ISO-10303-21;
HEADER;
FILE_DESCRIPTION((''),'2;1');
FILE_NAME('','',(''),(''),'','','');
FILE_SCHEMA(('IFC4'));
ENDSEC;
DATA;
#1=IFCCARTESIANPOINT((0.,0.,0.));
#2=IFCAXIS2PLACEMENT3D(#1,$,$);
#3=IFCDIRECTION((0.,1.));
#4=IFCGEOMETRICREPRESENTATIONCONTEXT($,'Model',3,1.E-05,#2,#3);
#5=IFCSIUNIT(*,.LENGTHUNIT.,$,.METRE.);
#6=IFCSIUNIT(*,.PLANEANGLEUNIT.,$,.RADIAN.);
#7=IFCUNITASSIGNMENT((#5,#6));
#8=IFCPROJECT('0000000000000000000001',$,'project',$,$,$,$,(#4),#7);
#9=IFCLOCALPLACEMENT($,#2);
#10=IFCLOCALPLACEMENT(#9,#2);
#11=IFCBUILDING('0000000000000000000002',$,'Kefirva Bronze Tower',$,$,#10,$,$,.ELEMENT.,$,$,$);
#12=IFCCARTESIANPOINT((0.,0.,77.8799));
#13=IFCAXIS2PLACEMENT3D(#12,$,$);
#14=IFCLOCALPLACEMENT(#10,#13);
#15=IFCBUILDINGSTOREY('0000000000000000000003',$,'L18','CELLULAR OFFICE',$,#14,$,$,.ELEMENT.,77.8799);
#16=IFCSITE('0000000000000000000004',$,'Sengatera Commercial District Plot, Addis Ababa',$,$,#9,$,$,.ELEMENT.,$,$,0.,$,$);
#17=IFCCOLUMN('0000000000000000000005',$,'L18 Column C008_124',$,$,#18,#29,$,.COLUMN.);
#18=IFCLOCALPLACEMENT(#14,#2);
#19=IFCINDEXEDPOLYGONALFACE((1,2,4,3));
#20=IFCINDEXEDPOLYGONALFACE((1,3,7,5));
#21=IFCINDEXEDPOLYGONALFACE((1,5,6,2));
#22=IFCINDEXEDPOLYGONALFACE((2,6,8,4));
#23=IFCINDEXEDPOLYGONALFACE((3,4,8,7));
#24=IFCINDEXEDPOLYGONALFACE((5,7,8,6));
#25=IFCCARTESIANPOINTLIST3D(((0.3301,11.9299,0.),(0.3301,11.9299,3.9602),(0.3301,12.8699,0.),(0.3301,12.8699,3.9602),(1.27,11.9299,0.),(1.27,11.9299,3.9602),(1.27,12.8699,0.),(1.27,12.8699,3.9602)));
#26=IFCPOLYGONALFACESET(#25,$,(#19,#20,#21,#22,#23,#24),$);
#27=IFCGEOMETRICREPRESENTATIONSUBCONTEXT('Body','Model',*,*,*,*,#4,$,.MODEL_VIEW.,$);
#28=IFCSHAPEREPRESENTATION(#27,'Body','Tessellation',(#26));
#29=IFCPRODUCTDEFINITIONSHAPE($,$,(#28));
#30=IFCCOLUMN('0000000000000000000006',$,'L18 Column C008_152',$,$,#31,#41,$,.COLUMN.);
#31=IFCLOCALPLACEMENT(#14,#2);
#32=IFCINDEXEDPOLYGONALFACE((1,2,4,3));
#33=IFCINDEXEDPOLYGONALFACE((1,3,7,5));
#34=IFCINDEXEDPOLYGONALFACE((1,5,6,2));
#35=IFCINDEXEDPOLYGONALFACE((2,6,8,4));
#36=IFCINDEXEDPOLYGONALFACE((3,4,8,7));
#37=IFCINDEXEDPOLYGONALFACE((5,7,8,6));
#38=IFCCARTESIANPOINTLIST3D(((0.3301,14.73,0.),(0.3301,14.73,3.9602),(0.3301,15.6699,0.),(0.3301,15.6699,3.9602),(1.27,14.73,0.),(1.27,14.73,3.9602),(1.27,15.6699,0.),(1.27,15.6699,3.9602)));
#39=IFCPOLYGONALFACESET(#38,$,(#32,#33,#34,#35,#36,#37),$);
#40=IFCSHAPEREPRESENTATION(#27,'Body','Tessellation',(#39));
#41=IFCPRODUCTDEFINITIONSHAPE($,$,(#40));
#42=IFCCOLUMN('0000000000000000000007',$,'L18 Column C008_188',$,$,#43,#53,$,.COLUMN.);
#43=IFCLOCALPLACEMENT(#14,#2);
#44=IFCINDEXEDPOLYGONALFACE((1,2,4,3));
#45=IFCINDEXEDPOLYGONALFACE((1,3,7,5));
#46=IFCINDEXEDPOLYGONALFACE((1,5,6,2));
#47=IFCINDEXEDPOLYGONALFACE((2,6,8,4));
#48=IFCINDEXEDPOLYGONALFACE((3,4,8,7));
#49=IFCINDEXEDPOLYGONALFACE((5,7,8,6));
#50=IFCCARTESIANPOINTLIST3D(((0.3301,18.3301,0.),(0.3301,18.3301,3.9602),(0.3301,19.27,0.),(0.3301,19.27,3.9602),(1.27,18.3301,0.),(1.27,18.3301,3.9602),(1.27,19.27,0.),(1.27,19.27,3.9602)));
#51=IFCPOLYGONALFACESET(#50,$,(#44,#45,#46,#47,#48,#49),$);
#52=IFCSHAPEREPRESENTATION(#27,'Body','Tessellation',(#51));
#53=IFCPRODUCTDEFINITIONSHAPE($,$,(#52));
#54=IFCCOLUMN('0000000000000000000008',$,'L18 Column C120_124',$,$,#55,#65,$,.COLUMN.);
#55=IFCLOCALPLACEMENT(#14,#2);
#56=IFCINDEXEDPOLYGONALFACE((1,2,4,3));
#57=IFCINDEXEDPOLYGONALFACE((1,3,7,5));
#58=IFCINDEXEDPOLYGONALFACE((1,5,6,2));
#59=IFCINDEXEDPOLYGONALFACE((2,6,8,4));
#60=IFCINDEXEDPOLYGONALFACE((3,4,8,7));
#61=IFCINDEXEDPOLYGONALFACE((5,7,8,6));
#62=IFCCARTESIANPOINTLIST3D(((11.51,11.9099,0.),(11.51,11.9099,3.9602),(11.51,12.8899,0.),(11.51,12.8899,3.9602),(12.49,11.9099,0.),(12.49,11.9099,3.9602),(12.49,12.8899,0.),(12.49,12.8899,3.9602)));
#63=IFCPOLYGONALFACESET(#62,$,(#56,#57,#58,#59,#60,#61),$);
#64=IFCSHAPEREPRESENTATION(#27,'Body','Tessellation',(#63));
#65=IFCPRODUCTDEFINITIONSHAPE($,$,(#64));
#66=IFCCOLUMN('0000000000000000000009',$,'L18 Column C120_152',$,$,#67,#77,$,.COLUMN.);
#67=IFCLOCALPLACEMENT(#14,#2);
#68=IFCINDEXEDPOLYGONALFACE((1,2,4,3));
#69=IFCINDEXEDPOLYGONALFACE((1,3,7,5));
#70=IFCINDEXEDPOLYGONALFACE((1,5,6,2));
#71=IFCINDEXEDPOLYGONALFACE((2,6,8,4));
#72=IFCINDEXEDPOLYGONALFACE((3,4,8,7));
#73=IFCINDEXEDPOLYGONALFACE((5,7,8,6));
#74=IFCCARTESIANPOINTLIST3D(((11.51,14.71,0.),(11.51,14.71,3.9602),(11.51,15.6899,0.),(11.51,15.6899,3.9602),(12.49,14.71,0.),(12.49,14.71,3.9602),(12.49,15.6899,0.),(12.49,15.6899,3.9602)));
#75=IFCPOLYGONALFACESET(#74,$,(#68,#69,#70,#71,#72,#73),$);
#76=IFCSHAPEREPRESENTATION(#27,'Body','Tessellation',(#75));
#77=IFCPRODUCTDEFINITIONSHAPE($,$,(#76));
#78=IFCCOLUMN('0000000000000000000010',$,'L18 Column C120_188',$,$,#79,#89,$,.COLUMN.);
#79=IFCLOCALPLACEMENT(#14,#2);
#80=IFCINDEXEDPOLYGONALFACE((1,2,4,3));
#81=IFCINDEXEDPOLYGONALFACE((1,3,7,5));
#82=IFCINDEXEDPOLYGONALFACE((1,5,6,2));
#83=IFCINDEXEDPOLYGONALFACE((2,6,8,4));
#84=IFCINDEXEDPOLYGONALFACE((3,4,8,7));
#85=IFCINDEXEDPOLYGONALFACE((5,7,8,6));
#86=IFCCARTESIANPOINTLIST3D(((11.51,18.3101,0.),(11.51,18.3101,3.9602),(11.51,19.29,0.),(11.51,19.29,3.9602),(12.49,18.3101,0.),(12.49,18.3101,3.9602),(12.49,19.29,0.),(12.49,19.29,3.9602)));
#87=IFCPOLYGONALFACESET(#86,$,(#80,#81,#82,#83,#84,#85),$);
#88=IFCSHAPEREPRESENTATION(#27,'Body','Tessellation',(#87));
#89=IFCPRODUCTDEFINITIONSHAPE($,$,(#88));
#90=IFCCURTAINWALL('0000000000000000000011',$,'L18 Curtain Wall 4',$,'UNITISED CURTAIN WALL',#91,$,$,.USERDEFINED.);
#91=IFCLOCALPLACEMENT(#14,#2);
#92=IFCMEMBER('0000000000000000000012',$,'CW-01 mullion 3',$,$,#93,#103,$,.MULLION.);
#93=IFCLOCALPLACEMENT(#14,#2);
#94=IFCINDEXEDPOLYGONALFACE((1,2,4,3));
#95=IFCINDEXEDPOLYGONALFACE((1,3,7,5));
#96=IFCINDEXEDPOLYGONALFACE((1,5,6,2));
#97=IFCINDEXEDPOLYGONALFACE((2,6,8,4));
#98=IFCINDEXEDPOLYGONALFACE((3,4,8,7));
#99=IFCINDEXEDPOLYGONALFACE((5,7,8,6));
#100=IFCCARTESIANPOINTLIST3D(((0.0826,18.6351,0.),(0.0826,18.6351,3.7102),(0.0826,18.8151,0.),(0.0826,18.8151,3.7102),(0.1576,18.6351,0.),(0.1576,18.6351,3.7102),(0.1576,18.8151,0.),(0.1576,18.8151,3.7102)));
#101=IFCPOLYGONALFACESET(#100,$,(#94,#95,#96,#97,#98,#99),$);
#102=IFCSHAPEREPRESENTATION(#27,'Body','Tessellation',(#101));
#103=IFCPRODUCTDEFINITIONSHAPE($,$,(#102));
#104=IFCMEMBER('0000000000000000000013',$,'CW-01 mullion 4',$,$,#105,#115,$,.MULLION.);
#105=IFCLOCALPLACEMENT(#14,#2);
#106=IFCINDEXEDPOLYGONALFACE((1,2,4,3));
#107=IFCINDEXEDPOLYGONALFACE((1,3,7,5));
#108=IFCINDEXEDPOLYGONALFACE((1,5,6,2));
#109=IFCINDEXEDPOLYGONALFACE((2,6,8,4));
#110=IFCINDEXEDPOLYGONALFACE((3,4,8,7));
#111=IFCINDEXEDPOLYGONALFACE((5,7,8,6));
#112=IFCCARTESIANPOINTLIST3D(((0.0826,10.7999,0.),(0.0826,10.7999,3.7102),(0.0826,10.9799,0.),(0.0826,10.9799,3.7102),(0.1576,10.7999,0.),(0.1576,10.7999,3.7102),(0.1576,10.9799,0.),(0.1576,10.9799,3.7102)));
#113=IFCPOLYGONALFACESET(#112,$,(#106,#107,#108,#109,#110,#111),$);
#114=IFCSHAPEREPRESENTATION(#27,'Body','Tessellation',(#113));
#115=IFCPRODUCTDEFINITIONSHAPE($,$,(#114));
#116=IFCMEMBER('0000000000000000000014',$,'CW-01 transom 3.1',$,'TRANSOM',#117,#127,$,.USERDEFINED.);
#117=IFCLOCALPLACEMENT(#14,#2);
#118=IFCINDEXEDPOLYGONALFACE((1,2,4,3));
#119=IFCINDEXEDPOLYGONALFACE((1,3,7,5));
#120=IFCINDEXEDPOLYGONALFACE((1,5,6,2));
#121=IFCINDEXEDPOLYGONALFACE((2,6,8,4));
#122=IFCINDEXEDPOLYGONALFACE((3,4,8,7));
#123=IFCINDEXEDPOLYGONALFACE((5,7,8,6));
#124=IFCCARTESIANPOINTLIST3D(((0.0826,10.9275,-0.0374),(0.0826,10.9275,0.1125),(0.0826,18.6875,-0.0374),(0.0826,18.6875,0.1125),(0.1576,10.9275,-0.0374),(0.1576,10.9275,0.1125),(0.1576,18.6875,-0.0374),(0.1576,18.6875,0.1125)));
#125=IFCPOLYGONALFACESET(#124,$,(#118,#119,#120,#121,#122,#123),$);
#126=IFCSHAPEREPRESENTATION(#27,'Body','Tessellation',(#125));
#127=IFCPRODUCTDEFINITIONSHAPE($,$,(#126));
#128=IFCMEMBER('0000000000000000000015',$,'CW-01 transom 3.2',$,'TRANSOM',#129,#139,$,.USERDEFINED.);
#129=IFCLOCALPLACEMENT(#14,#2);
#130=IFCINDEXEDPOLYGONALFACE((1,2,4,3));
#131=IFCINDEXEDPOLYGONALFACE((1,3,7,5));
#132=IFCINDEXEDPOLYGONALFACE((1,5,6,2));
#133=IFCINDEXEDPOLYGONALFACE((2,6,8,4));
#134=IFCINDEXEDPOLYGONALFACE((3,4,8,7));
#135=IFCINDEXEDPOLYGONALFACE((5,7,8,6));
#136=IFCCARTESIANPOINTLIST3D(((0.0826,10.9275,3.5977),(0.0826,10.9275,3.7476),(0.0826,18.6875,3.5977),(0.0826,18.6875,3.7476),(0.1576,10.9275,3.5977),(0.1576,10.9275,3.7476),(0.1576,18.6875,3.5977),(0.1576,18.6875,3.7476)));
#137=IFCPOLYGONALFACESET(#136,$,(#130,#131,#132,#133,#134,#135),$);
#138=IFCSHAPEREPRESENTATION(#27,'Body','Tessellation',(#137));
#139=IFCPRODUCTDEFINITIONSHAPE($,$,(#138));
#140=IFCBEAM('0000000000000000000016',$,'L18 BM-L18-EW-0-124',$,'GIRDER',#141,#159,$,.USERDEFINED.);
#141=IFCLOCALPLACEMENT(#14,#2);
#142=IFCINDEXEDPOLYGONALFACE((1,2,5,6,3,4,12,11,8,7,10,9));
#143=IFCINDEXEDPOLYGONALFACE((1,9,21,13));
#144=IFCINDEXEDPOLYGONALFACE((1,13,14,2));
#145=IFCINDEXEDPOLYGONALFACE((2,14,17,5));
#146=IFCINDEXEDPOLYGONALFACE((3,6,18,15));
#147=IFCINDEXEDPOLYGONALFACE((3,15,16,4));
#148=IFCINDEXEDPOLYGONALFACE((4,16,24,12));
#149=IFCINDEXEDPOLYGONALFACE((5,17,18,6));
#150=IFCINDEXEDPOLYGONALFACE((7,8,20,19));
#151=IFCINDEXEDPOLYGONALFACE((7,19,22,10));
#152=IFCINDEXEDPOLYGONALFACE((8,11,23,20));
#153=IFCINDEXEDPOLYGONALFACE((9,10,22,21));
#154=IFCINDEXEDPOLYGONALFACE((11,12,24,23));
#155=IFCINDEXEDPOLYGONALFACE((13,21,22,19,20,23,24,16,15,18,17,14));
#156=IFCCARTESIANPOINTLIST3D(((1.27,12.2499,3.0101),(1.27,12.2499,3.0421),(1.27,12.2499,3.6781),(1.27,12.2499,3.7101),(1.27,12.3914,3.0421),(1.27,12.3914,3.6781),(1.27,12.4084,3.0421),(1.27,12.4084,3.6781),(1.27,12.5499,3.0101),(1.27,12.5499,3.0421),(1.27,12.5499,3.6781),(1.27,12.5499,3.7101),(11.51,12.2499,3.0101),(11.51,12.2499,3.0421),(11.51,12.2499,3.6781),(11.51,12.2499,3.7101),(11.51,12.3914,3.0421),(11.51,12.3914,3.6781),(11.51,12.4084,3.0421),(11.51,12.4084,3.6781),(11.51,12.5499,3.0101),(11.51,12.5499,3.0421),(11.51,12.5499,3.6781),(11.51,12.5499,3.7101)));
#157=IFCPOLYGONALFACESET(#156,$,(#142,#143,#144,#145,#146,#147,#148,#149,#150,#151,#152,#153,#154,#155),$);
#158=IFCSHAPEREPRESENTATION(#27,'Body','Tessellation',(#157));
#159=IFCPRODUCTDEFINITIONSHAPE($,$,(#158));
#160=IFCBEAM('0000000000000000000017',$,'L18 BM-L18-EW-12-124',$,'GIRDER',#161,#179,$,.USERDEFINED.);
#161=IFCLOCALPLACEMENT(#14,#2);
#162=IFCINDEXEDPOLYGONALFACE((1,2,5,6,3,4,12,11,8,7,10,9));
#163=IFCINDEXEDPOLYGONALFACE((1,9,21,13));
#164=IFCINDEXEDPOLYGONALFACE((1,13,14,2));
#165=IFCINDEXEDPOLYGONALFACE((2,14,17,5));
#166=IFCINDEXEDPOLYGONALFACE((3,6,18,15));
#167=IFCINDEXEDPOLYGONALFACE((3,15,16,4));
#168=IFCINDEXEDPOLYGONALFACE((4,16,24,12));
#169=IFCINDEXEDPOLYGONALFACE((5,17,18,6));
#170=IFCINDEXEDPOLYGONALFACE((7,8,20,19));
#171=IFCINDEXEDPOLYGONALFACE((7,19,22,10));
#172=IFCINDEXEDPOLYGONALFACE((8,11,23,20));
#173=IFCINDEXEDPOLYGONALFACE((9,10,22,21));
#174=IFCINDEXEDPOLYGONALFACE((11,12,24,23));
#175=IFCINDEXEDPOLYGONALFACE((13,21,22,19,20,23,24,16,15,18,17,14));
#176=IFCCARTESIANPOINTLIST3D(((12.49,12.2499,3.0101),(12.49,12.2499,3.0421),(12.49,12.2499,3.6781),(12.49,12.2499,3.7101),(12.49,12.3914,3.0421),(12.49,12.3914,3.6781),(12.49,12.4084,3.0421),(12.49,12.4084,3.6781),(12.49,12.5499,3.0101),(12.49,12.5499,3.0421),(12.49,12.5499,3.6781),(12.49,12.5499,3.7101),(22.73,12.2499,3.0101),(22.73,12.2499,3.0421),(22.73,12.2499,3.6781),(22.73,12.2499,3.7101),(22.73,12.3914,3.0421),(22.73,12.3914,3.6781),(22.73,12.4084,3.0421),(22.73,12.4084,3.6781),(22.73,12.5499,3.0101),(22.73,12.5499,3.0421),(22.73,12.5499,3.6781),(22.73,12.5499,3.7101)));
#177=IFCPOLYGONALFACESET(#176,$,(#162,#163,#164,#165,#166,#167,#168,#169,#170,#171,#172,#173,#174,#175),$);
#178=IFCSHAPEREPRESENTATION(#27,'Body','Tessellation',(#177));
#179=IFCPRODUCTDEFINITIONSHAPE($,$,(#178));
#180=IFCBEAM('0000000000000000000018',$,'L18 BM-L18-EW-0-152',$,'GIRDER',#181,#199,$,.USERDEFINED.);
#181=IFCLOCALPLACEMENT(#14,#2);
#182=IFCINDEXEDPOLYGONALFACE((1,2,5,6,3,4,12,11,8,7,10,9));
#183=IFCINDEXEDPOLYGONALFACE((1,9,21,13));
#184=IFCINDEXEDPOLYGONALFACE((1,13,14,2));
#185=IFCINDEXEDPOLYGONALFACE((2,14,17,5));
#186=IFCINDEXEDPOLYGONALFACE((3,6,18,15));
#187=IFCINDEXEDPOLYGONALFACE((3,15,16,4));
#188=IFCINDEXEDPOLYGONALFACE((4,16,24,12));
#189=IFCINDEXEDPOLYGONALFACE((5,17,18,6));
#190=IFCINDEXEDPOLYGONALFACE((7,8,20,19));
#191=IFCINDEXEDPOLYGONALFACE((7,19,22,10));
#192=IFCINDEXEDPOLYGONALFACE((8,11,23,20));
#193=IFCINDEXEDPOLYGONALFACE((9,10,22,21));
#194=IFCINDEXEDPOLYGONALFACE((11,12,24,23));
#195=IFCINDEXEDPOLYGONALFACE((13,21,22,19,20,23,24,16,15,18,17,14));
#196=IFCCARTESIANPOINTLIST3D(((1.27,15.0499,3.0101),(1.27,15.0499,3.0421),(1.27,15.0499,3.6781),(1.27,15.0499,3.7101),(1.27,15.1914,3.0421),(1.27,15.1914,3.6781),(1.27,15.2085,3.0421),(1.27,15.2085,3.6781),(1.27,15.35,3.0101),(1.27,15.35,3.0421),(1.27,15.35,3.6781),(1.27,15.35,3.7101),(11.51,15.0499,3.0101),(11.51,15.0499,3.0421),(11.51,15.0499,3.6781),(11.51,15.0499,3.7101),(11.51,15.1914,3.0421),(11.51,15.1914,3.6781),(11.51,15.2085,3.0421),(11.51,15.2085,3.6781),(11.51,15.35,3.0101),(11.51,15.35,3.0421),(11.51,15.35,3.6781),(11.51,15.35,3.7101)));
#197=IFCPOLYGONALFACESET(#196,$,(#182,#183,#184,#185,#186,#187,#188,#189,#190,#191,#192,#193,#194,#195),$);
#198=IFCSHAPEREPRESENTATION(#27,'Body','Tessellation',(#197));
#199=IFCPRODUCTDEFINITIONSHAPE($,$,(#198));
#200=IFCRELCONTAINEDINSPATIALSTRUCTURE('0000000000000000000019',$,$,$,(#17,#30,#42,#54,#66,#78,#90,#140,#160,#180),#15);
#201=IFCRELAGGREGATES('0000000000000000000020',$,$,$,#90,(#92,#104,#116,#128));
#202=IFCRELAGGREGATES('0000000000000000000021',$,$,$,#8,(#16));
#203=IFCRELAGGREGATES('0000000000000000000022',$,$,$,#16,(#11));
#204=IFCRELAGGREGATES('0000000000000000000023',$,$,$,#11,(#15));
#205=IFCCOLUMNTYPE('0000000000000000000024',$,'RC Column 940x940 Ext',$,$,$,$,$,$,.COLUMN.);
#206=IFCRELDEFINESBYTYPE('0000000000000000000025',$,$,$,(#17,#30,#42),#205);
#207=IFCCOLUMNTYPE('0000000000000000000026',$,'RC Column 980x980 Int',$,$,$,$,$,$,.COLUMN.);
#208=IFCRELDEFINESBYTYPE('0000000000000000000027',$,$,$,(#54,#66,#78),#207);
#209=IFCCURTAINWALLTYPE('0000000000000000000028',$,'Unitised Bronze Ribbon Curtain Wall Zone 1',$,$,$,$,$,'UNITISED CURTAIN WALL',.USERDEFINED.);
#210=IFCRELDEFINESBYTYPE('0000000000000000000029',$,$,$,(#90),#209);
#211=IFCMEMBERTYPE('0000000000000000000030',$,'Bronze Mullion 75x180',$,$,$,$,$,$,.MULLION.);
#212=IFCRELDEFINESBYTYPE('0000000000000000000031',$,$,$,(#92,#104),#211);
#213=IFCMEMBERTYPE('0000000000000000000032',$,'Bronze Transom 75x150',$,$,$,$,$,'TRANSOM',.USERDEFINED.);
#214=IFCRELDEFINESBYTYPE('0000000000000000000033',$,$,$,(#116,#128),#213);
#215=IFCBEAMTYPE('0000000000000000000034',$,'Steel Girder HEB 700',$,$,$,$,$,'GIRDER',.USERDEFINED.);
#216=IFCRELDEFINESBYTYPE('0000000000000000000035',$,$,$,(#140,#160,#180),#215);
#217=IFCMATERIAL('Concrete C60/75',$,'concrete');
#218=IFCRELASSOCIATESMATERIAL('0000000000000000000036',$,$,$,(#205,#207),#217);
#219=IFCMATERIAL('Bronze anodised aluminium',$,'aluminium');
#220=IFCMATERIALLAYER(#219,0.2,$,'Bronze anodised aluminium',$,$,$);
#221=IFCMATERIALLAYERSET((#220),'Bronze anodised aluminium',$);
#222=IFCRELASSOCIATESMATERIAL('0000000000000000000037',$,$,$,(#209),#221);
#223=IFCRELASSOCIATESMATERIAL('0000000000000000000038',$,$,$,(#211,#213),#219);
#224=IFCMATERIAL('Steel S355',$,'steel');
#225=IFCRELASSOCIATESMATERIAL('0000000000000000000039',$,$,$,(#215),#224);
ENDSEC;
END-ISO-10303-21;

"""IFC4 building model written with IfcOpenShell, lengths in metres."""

from ifc_helpers import new_model, si_unit, direction, frame, origin, origin_2d, place, context, subcontext, project, spatial, rectangle, i_section, extrude, material, layer, layer_set, material_profile, profile_set, type_object, element, aggregate, save


model = new_model("IFC4")

# Units and contexts
model_context = context("Model", 3, precision=1e-05, world=origin(), true_north=direction((0.0, 1.0)))
body_context = subcontext(model_context, "Body", "Model", "MODEL_VIEW")
ifc_project = project(units=[si_unit("LENGTHUNIT", "METRE"), si_unit("PLANEANGLEUNIT", "RADIAN")], contexts=[model_context])

# Site, building, storey
site_placement = place(None, origin())
site = spatial("IfcSite", under=ifc_project, at=site_placement, Name="Sengatera Commercial District Plot, Addis Ababa", CompositionType="ELEMENT", RefElevation=0.0)
building_placement = place(site_placement, origin())
building = spatial("IfcBuilding", under=site, at=building_placement, Name="Kefirva Bronze Tower", CompositionType="ELEMENT")
storey_placement = place(building_placement, frame((0.0, 0.0, 77.8799)))
storey = spatial("IfcBuildingStorey", under=building, at=storey_placement, Name="L18", Description="CELLULAR OFFICE", CompositionType="ELEMENT", Elevation=77.8799)

# Columns
ifc_material_1 = material(Name="Concrete C60/75", Category="concrete")
ifc_material_profile_1 = material_profile(ifc_material_1, rectangle(XDim=0.9399, YDim=0.9399, at=origin_2d()), Name="RC 940x940")
ifc_profile_set_1 = profile_set([ifc_material_profile_1], Name="Concrete C60/75")
column_type_1 = type_object("IfcColumnType", Name="RC Column 940x940 Ext", PredefinedType="COLUMN", material=ifc_profile_set_1)
for number, where, z_axis, x_axis, name in (
    (1, (0.8, 12.3999, 0.0), (0.0, 0.0, 1.0), (1.0, 0.0, 0.0), "L18 Column C008_124"),
    (2, (0.8, 15.2, 0.0), (0.0, 0.0, 1.0), (1.0, 0.0, 0.0), "L18 Column C008_152"),
    (3, (0.8, 18.8, 0.0), (0.0, 0.0, 1.0), (1.0, 0.0, 0.0), "L18 Column C008_188"),
):
    element("IfcColumn", number, at=place(storey_placement, frame(where, z_axis=z_axis, x_axis=x_axis)), inside=storey, type_object=column_type_1, Name=name, PredefinedType="COLUMN", context=body_context, shape_type="SweptSolid", body=[
        extrude(rectangle(XDim=0.9399, YDim=0.9399, at=origin_2d()), origin(), (0.0, 0.0, 1.0), 3.9602),
    ])
ifc_material_profile_2 = material_profile(ifc_material_1, rectangle(XDim=0.98, YDim=0.98, at=origin_2d()), Name="RC 980x980")
ifc_profile_set_2 = profile_set([ifc_material_profile_2], Name="Concrete C60/75")
column_type_2 = type_object("IfcColumnType", Name="RC Column 980x980 Int", PredefinedType="COLUMN", material=ifc_profile_set_2)
for number, where, z_axis, x_axis, name in (
    (4, (12.0, 12.3999, 0.0), (0.0, 0.0, 1.0), (1.0, 0.0, 0.0), "L18 Column C120_124"),
    (5, (12.0, 15.2, 0.0), (0.0, 0.0, 1.0), (1.0, 0.0, 0.0), "L18 Column C120_152"),
    (6, (12.0, 18.8, 0.0), (0.0, 0.0, 1.0), (1.0, 0.0, 0.0), "L18 Column C120_188"),
):
    element("IfcColumn", number, at=place(storey_placement, frame(where, z_axis=z_axis, x_axis=x_axis)), inside=storey, type_object=column_type_2, Name=name, PredefinedType="COLUMN", context=body_context, shape_type="SweptSolid", body=[
        extrude(rectangle(XDim=0.98, YDim=0.98, at=origin_2d()), origin(), (0.0, 0.0, 1.0), 3.9602),
    ])

# Curtain wall, members
ifc_material_2 = material(Name="Bronze anodised aluminium", Category="aluminium")
ifc_layer_1 = layer(ifc_material_2, 0.2, Name="Bronze anodised aluminium")
ifc_layer_set_1 = layer_set([ifc_layer_1], Name="Bronze anodised aluminium")
curtain_wall_type = type_object("IfcCurtainWallType", Name="Unitised Bronze Ribbon Curtain Wall Zone 1", ElementType="UNITISED CURTAIN WALL", PredefinedType="USERDEFINED", material=ifc_layer_set_1)
curtain_wall_placement = place(storey_placement, origin())
curtain_wall = element("IfcCurtainWall", 7, at=curtain_wall_placement, inside=storey, type_object=curtain_wall_type, Name="L18 Curtain Wall 4", ObjectType="UNITISED CURTAIN WALL", PredefinedType="USERDEFINED")
ifc_material_profile_3 = material_profile(ifc_material_2, rectangle(XDim=0.075, YDim=0.1799, at=origin_2d()), Name="ALU 75x180")
ifc_profile_set_3 = profile_set([ifc_material_profile_3], Name="Bronze anodised aluminium")
member_type_1 = type_object("IfcMemberType", Name="Bronze Mullion 75x180", PredefinedType="MULLION", material=ifc_profile_set_3)
member_1_placement = place(storey_placement, frame((0.1201, 18.7251, 0.0), z_axis=(0.0, 0.0, 1.0), x_axis=(1.0, 0.0, 0.0)))
member_1 = element("IfcMember", 8, at=member_1_placement, type_object=member_type_1, Name="CW-01 mullion 3", PredefinedType="MULLION", context=body_context, shape_type="SweptSolid", body=[
    extrude(rectangle(XDim=0.075, YDim=0.1799, at=origin_2d()), origin(), (0.0, 0.0, 1.0), 3.7102),
])
member_2_placement = place(storey_placement, frame((0.1201, 10.8899, 0.0), z_axis=(0.0, 0.0, 1.0), x_axis=(1.0, 0.0, 0.0)))
member_2 = element("IfcMember", 9, at=member_2_placement, type_object=member_type_1, Name="CW-01 mullion 4", PredefinedType="MULLION", context=body_context, shape_type="SweptSolid", body=[
    extrude(rectangle(XDim=0.075, YDim=0.1799, at=origin_2d()), origin(), (0.0, 0.0, 1.0), 3.7102),
])
ifc_material_profile_4 = material_profile(ifc_material_2, rectangle(XDim=0.075, YDim=0.1499, at=origin_2d()), Name="ALU 75x150")
ifc_profile_set_4 = profile_set([ifc_material_profile_4], Name="Bronze anodised aluminium")
member_type_2 = type_object("IfcMemberType", Name="Bronze Transom 75x150", ElementType="TRANSOM", PredefinedType="USERDEFINED", material=ifc_profile_set_4)
member_3_placement = place(storey_placement, frame((0.1201, 18.6875, 0.0376), z_axis=(0.0, -1.0, 0.0), x_axis=(1.0, 0.0, 0.0)))
member_3 = element("IfcMember", 10, at=member_3_placement, type_object=member_type_2, Name="CW-01 transom 3.1", ObjectType="TRANSOM", PredefinedType="USERDEFINED", context=body_context, shape_type="SweptSolid", body=[
    extrude(rectangle(XDim=0.075, YDim=0.1499, at=origin_2d()), origin(), (0.0, 0.0, 1.0), 7.76),
])
member_4_placement = place(storey_placement, frame((0.1201, 18.6875, 3.6726), z_axis=(0.0, -1.0, 0.0), x_axis=(1.0, 0.0, 0.0)))
member_4 = element("IfcMember", 11, at=member_4_placement, type_object=member_type_2, Name="CW-01 transom 3.2", ObjectType="TRANSOM", PredefinedType="USERDEFINED", context=body_context, shape_type="SweptSolid", body=[
    extrude(rectangle(XDim=0.075, YDim=0.1499, at=origin_2d()), origin(), (0.0, 0.0, 1.0), 7.76),
])

# Beams
ifc_material_3 = material(Name="Steel S355", Category="steel")
ifc_material_profile_5 = material_profile(ifc_material_3, i_section(OverallWidth=0.3, OverallDepth=0.7, WebThickness=0.0171, FlangeThickness=0.032, at=origin_2d()), Name="HEB 700")
ifc_profile_set_5 = profile_set([ifc_material_profile_5], Name="Steel S355")
beam_type_1 = type_object("IfcBeamType", Name="Steel Girder HEB 700", ElementType="GIRDER", PredefinedType="USERDEFINED", material=ifc_profile_set_5)
for number, where, z_axis, x_axis, name in (
    (12, (1.27, 12.3999, 3.3601), (1.0, 0.0, 0.0), (0.0, 1.0, 0.0), "L18 BM-L18-EW-0-124"),
    (13, (12.49, 12.3999, 3.3601), (1.0, 0.0, 0.0), (0.0, 1.0, 0.0), "L18 BM-L18-EW-12-124"),
    (14, (1.27, 15.2, 3.3601), (1.0, 0.0, 0.0), (0.0, 1.0, 0.0), "L18 BM-L18-EW-0-152"),
):
    element("IfcBeam", number, at=place(storey_placement, frame(where, z_axis=z_axis, x_axis=x_axis)), inside=storey, type_object=beam_type_1, Name=name, ObjectType="GIRDER", PredefinedType="USERDEFINED", context=body_context, shape_type="SweptSolid", body=[
        extrude(i_section(OverallWidth=0.3, OverallDepth=0.7, WebThickness=0.0171, FlangeThickness=0.032, at=origin_2d()), origin(), (0.0, 0.0, 1.0), 10.24),
    ])

aggregate(curtain_wall, [member_1, member_2, member_3, member_4])

save(model, "model.ifc")
